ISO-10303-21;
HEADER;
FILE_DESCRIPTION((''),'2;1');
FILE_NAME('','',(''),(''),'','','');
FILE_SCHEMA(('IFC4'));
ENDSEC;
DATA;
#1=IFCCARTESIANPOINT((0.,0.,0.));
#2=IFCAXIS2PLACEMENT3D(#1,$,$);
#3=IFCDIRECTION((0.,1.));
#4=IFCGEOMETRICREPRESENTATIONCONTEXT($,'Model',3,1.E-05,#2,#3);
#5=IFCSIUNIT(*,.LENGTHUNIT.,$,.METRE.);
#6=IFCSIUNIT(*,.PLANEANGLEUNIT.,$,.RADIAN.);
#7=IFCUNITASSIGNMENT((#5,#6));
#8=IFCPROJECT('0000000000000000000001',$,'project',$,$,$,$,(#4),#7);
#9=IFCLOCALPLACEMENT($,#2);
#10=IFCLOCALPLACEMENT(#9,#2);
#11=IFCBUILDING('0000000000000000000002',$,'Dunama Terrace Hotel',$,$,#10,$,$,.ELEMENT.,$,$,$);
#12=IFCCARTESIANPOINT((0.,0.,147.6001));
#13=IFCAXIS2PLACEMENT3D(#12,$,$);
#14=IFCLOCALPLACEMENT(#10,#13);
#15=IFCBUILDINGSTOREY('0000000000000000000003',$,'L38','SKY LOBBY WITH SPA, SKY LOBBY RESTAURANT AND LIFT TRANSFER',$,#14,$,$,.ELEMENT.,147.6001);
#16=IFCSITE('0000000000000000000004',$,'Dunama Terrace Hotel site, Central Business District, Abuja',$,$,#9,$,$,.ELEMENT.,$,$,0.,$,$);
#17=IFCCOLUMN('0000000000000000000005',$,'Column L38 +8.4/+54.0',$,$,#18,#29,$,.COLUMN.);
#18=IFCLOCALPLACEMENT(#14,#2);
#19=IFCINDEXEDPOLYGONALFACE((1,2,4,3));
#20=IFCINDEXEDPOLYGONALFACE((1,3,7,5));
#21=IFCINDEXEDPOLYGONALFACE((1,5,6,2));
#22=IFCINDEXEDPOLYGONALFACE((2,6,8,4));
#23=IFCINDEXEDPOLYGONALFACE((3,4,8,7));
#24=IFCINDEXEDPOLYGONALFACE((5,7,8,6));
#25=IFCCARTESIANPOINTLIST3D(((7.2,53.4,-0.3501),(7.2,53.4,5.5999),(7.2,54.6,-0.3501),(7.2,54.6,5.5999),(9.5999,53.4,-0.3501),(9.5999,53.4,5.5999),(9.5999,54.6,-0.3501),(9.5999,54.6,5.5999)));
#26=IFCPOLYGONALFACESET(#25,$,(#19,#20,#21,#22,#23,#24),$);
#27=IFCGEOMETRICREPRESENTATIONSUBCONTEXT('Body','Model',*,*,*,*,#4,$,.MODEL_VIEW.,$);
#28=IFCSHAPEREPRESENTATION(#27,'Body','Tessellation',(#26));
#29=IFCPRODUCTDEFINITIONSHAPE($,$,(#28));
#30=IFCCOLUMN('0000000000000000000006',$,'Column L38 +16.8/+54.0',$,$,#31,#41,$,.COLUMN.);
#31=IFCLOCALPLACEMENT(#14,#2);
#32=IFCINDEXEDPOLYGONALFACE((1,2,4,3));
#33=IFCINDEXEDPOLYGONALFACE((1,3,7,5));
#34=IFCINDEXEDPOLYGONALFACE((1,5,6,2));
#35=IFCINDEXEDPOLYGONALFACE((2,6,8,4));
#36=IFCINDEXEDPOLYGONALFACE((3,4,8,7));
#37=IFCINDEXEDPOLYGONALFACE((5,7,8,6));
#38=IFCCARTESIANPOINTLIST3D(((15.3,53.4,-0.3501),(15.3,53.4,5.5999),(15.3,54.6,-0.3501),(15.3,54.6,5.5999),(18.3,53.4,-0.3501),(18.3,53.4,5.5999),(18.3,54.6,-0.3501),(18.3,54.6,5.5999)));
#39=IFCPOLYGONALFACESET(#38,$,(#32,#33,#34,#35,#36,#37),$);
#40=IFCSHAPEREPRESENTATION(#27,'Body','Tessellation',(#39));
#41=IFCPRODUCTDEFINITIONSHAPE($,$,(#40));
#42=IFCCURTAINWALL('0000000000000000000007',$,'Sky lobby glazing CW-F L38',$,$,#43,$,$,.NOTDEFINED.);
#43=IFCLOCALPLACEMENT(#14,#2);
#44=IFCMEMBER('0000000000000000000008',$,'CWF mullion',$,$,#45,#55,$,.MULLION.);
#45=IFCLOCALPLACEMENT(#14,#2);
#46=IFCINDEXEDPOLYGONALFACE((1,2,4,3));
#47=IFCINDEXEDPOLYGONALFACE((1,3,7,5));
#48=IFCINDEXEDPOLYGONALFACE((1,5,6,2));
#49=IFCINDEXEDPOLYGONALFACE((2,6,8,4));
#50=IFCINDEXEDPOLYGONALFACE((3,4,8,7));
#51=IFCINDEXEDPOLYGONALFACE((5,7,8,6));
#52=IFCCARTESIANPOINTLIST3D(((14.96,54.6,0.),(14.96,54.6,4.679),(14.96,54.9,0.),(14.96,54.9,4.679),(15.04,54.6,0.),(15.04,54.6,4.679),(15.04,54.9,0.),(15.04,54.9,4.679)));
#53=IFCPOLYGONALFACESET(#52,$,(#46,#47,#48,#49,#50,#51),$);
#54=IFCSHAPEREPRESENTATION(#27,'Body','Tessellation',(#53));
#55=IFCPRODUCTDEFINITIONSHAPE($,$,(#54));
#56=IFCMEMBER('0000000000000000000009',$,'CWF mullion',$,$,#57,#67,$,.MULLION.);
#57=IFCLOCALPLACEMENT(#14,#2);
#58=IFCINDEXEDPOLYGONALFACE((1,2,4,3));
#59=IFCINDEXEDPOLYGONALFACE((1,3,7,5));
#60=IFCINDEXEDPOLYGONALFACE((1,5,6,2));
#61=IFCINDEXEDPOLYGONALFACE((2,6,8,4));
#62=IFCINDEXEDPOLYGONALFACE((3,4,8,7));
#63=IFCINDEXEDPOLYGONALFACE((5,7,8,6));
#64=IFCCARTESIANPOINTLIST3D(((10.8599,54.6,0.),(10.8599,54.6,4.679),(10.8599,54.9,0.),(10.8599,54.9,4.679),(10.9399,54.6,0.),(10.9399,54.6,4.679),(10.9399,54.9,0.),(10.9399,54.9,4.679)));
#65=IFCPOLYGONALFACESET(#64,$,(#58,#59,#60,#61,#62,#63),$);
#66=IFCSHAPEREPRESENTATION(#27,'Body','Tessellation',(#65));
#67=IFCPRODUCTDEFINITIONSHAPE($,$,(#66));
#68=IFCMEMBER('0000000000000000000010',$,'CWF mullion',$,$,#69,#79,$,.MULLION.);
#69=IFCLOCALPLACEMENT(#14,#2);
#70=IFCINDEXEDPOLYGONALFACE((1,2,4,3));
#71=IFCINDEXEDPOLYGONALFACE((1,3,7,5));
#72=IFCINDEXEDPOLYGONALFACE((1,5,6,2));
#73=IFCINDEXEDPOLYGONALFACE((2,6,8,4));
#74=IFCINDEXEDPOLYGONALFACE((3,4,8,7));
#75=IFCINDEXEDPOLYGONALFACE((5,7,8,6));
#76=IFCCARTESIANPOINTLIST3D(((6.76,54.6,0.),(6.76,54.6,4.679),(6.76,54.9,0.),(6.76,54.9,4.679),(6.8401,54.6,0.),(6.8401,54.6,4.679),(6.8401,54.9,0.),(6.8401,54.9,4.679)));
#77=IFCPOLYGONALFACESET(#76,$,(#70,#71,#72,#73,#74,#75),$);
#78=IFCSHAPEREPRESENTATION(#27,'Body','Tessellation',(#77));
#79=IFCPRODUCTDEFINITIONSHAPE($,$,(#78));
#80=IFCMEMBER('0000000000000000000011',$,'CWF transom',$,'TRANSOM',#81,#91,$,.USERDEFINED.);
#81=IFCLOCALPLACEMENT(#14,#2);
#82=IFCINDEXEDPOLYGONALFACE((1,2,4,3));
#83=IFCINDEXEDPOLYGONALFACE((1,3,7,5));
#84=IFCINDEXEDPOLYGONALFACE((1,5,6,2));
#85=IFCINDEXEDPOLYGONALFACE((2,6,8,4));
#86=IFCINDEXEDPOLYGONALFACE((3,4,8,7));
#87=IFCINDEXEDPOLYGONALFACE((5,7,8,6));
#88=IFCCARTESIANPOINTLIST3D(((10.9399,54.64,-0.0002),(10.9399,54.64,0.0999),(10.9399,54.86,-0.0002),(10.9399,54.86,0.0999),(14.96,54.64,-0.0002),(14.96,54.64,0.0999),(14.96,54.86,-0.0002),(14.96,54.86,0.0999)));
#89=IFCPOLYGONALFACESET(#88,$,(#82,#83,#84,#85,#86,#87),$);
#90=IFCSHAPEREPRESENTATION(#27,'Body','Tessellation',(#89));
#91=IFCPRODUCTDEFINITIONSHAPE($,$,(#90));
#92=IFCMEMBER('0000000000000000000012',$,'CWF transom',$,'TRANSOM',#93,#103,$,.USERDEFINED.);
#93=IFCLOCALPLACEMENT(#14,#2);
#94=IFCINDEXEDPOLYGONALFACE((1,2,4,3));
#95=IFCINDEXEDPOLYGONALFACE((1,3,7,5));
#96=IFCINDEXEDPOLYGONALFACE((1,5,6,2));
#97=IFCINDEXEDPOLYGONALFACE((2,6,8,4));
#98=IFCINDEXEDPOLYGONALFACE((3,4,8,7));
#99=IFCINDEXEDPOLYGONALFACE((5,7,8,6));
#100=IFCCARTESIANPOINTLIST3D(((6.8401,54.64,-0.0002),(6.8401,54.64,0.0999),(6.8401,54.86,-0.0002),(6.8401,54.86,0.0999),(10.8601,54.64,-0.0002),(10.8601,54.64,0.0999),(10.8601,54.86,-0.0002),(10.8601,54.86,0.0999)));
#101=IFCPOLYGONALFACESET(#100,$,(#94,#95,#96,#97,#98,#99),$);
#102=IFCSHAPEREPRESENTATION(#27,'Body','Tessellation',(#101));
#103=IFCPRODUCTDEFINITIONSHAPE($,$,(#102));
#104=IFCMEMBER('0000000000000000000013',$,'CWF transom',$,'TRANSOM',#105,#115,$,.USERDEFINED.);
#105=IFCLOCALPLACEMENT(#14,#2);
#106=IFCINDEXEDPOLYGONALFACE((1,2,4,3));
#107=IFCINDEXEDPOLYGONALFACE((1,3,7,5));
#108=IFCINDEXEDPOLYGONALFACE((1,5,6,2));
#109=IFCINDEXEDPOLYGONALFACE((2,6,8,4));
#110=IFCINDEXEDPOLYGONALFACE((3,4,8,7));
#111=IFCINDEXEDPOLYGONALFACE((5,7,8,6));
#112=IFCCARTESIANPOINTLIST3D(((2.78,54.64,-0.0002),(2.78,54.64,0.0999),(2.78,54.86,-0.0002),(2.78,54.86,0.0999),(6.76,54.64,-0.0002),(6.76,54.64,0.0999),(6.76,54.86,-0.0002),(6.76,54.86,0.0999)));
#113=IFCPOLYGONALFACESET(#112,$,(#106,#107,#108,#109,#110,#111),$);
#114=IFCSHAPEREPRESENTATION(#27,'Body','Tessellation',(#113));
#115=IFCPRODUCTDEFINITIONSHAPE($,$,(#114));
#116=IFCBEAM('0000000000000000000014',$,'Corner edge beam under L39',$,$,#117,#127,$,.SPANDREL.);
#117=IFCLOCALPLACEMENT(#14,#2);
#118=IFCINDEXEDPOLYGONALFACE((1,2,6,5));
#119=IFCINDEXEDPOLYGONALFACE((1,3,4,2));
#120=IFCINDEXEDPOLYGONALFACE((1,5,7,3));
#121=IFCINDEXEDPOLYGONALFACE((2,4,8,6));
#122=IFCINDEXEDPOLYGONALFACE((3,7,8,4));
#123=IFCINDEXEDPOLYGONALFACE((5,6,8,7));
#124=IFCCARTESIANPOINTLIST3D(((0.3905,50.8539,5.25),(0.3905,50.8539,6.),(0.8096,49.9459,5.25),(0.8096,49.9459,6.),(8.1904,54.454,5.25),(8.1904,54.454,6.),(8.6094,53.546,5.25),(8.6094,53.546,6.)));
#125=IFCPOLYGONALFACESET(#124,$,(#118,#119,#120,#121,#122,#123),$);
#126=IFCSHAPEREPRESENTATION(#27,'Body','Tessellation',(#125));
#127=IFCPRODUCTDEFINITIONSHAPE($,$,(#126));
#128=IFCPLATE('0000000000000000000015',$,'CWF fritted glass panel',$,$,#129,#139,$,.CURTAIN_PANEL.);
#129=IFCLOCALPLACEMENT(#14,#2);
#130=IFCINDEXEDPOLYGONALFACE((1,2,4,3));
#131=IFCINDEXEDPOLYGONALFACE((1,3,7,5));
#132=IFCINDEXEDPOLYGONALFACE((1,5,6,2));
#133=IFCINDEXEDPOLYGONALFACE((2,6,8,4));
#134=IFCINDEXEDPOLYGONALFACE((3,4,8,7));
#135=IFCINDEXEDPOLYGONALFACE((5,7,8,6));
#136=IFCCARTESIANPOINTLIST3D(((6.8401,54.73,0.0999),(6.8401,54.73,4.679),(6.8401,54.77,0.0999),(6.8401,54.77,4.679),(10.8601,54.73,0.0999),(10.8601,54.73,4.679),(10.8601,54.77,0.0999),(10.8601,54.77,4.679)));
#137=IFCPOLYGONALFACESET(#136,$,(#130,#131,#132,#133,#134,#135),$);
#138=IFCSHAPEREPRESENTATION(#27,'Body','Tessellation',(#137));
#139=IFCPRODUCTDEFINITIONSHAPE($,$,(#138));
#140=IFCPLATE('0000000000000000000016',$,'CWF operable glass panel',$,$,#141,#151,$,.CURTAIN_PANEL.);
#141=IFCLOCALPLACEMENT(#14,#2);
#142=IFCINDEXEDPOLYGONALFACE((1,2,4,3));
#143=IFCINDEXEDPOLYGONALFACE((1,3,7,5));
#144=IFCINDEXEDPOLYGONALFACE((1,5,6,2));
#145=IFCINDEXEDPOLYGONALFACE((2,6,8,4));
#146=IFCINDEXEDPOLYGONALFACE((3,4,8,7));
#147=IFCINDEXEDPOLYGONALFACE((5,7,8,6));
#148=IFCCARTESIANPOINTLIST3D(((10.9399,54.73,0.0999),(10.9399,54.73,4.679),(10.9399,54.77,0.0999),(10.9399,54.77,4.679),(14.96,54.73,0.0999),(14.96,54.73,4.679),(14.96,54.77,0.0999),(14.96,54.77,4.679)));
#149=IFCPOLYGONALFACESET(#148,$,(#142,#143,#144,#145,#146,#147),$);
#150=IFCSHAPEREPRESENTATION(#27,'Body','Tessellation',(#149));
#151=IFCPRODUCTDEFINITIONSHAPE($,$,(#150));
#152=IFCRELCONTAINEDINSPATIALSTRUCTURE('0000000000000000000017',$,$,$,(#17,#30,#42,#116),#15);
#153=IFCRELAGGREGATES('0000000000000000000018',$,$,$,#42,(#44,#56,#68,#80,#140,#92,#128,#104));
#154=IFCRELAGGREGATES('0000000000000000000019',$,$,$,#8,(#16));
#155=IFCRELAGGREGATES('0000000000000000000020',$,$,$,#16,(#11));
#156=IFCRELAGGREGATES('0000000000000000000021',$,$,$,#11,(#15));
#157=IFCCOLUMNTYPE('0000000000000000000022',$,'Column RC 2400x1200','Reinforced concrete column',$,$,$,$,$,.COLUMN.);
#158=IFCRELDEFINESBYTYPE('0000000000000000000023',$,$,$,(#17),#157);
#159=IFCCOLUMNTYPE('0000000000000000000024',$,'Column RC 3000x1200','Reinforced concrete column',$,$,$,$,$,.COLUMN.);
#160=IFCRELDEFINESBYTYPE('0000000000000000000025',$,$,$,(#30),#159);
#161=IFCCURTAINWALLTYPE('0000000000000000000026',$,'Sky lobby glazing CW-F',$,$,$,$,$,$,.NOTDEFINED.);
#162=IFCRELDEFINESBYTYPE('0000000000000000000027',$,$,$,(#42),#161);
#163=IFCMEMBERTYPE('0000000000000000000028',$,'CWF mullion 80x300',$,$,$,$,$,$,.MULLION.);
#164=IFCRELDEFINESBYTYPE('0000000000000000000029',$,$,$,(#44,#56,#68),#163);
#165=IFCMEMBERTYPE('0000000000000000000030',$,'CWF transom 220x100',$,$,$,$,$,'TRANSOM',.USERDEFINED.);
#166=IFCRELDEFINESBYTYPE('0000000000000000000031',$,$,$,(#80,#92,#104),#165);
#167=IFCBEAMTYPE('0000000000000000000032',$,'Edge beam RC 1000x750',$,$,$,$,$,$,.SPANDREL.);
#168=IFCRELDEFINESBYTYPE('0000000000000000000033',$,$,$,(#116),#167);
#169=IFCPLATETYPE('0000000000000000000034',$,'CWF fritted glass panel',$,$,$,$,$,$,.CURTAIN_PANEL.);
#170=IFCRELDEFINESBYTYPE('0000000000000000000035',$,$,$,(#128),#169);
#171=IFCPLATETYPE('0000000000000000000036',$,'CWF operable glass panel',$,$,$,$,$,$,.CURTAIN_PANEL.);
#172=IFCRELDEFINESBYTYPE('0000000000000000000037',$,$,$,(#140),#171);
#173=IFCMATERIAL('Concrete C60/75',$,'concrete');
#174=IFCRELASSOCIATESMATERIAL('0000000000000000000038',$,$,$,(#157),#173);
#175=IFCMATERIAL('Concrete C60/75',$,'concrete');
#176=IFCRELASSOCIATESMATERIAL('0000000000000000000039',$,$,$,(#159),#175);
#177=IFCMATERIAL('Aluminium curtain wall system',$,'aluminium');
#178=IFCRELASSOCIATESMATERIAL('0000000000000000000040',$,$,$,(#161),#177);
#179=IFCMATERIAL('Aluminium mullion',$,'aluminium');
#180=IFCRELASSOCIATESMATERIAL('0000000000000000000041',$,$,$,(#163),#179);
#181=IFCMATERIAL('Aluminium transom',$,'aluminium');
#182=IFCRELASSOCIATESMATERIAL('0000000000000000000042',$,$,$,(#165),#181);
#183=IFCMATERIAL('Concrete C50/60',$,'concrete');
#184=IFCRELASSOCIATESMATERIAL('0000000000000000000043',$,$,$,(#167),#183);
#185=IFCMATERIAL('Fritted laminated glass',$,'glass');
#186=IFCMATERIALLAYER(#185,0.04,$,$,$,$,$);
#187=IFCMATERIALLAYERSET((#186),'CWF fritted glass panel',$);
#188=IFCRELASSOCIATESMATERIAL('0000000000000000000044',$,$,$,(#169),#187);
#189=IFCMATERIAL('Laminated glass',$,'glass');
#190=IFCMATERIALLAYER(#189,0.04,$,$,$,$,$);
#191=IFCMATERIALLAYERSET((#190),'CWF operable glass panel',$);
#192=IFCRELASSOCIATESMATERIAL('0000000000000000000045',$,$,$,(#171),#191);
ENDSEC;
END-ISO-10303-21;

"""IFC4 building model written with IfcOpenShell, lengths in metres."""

from ifc_helpers import new_model, si_unit, direction, frame, origin, origin_2d, place, context, subcontext, project, spatial, rectangle, extrude, material, layer, layer_set, material_profile, profile_set, type_object, element, aggregate, save


model = new_model("IFC4")

# Units and contexts
model_context = context("Model", 3, precision=1e-05, world=origin(), true_north=direction((0.0, 1.0)))
body_context = subcontext(model_context, "Body", "Model", "MODEL_VIEW")
ifc_project = project(units=[si_unit("LENGTHUNIT", "METRE"), si_unit("PLANEANGLEUNIT", "RADIAN")], contexts=[model_context])

# Site, building, storey
site_placement = place(None, origin())
site = spatial("IfcSite", under=ifc_project, at=site_placement, Name="Dunama Terrace Hotel site, Central Business District, Abuja", CompositionType="ELEMENT", RefElevation=0.0)
building_placement = place(site_placement, origin())
building = spatial("IfcBuilding", under=site, at=building_placement, Name="Dunama Terrace Hotel", CompositionType="ELEMENT")
storey_placement = place(building_placement, frame((0.0, 0.0, 147.6001)))
storey = spatial("IfcBuildingStorey", under=building, at=storey_placement, Name="L38", Description="SKY LOBBY WITH SPA, SKY LOBBY RESTAURANT AND LIFT TRANSFER", CompositionType="ELEMENT", Elevation=147.6001)

# Columns
ifc_material_1 = material(Name="Concrete C60/75", Category="concrete")
ifc_material_profile_1 = material_profile(ifc_material_1, rectangle(XDim=2.3999, YDim=1.2, at=origin_2d()), Name="RC 2400x1200")
ifc_profile_set_1 = profile_set([ifc_material_profile_1], Name="Concrete C60/75")
column_type_1 = type_object("IfcColumnType", Name="Column RC 2400x1200", Description="Reinforced concrete column", PredefinedType="COLUMN", material=ifc_profile_set_1)
column_1_placement = place(storey_placement, frame((8.3999, 54.0, -0.3501), z_axis=(0.0, 0.0, 1.0), x_axis=(1.0, 0.0, 0.0)))
element("IfcColumn", 1, at=column_1_placement, inside=storey, type_object=column_type_1, Name="Column L38 +8.4/+54.0", PredefinedType="COLUMN", context=body_context, shape_type="SweptSolid", body=[
    extrude(rectangle(XDim=2.3999, YDim=1.2, at=origin_2d()), origin(), (0.0, 0.0, 1.0), 5.95),
])
ifc_material_2 = material(Name="Concrete C60/75", Category="concrete")
ifc_material_profile_2 = material_profile(ifc_material_2, rectangle(XDim=3.0, YDim=1.2, at=origin_2d()), Name="RC 3000x1200")
ifc_profile_set_2 = profile_set([ifc_material_profile_2], Name="Concrete C60/75")
column_type_2 = type_object("IfcColumnType", Name="Column RC 3000x1200", Description="Reinforced concrete column", PredefinedType="COLUMN", material=ifc_profile_set_2)
column_2_placement = place(storey_placement, frame((16.8, 54.0, -0.3501), z_axis=(0.0, 0.0, 1.0), x_axis=(1.0, 0.0, 0.0)))
element("IfcColumn", 2, at=column_2_placement, inside=storey, type_object=column_type_2, Name="Column L38 +16.8/+54.0", PredefinedType="COLUMN", context=body_context, shape_type="SweptSolid", body=[
    extrude(rectangle(XDim=3.0, YDim=1.2, at=origin_2d()), origin(), (0.0, 0.0, 1.0), 5.95),
])

# Curtain wall, members
ifc_material_3 = material(Name="Aluminium curtain wall system", Category="aluminium")
curtain_wall_type = type_object("IfcCurtainWallType", Name="Sky lobby glazing CW-F", PredefinedType="NOTDEFINED", material=ifc_material_3)
curtain_wall_placement = place(storey_placement, origin())
curtain_wall = element("IfcCurtainWall", 3, at=curtain_wall_placement, inside=storey, type_object=curtain_wall_type, Name="Sky lobby glazing CW-F L38", PredefinedType="NOTDEFINED")
ifc_material_4 = material(Name="Aluminium mullion", Category="aluminium")
ifc_material_profile_3 = material_profile(ifc_material_4, rectangle(XDim=0.0801, YDim=0.3, at=origin_2d()), Name="CWF MULLION 80X300")
ifc_profile_set_3 = profile_set([ifc_material_profile_3], Name="Aluminium mullion")
member_type_1 = type_object("IfcMemberType", Name="CWF mullion 80x300", PredefinedType="MULLION", material=ifc_profile_set_3)
member_1_placement = place(storey_placement, frame((15.0, 54.75, 0.0), z_axis=(0.0, 0.0, 1.0), x_axis=(-1.0, 0.0, 0.0)))
member_1 = element("IfcMember", 4, at=member_1_placement, type_object=member_type_1, Name="CWF mullion", PredefinedType="MULLION", context=body_context, shape_type="SweptSolid", body=[
    extrude(rectangle(XDim=0.0801, YDim=0.3, at=origin_2d()), origin(), (0.0, 0.0, 1.0), 4.679),
])
member_2_placement = place(storey_placement, frame((10.8999, 54.75, 0.0), z_axis=(0.0, 0.0, 1.0), x_axis=(-1.0, 0.0, 0.0)))
member_2 = element("IfcMember", 5, at=member_2_placement, type_object=member_type_1, Name="CWF mullion", PredefinedType="MULLION", context=body_context, shape_type="SweptSolid", body=[
    extrude(rectangle(XDim=0.0801, YDim=0.3, at=origin_2d()), origin(), (0.0, 0.0, 1.0), 4.679),
])
member_3_placement = place(storey_placement, frame((6.8, 54.75, 0.0), z_axis=(0.0, 0.0, 1.0), x_axis=(-1.0, 0.0, 0.0)))
member_3 = element("IfcMember", 6, at=member_3_placement, type_object=member_type_1, Name="CWF mullion", PredefinedType="MULLION", context=body_context, shape_type="SweptSolid", body=[
    extrude(rectangle(XDim=0.0801, YDim=0.3, at=origin_2d()), origin(), (0.0, 0.0, 1.0), 4.679),
])
ifc_material_5 = material(Name="Aluminium transom", Category="aluminium")
ifc_material_profile_4 = material_profile(ifc_material_5, rectangle(XDim=0.22, YDim=0.1001, at=origin_2d()), Name="CWF TRANSOM 220X100")
ifc_profile_set_4 = profile_set([ifc_material_profile_4], Name="Aluminium transom")
member_type_2 = type_object("IfcMemberType", Name="CWF transom 220x100", ElementType="TRANSOM", PredefinedType="USERDEFINED", material=ifc_profile_set_4)
member_4_placement = place(storey_placement, frame((14.96, 54.75, 0.0498), z_axis=(-1.0, 0.0, 0.0), x_axis=(0.0, -1.0, 0.0)))
member_4 = element("IfcMember", 7, at=member_4_placement, type_object=member_type_2, Name="CWF transom", ObjectType="TRANSOM", PredefinedType="USERDEFINED", context=body_context, shape_type="SweptSolid", body=[
    extrude(rectangle(XDim=0.22, YDim=0.1001, at=origin_2d()), origin(), (0.0, 0.0, 1.0), 4.02),
])
member_5_placement = place(storey_placement, frame((10.8601, 54.75, 0.0498), z_axis=(-1.0, 0.0, 0.0), x_axis=(0.0, -1.0, 0.0)))
member_5 = element("IfcMember", 8, at=member_5_placement, type_object=member_type_2, Name="CWF transom", ObjectType="TRANSOM", PredefinedType="USERDEFINED", context=body_context, shape_type="SweptSolid", body=[
    extrude(rectangle(XDim=0.22, YDim=0.1001, at=origin_2d()), origin(), (0.0, 0.0, 1.0), 4.02),
])
member_6_placement = place(storey_placement, frame((6.76, 54.75, 0.0498), z_axis=(-1.0, 0.0, 0.0), x_axis=(0.0, -1.0, 0.0)))
member_6 = element("IfcMember", 9, at=member_6_placement, type_object=member_type_2, Name="CWF transom", ObjectType="TRANSOM", PredefinedType="USERDEFINED", context=body_context, shape_type="SweptSolid", body=[
    extrude(rectangle(XDim=0.22, YDim=0.1001, at=origin_2d()), origin(), (0.0, 0.0, 1.0), 3.98),
])

# Beam
ifc_material_6 = material(Name="Concrete C50/60", Category="concrete")
ifc_material_profile_5 = material_profile(ifc_material_6, rectangle(XDim=1.0, YDim=0.75, at=origin_2d()), Name="RC 1000x750")
ifc_profile_set_5 = profile_set([ifc_material_profile_5], Name="Concrete C50/60")
beam_type = type_object("IfcBeamType", Name="Edge beam RC 1000x750", PredefinedType="SPANDREL", material=ifc_profile_set_5)
beam_placement = place(storey_placement, frame((8.3999, 54.0, 5.625), z_axis=(-0.907951, -0.419076, 0.0), x_axis=(0.419076, -0.907951, 0.0)))
element("IfcBeam", 10, at=beam_placement, inside=storey, type_object=beam_type, Name="Corner edge beam under L39", PredefinedType="SPANDREL", context=body_context, shape_type="SweptSolid", body=[
    extrude(rectangle(XDim=1.0, YDim=0.75, at=origin_2d()), origin(), (0.0, 0.0, 1.0), 8.5906),
])

# Plates
ifc_material_7 = material(Name="Fritted laminated glass", Category="glass")
ifc_layer_1 = layer(ifc_material_7, 0.04)
ifc_layer_set_1 = layer_set([ifc_layer_1], Name="CWF fritted glass panel")
plate_type_1 = type_object("IfcPlateType", Name="CWF fritted glass panel", PredefinedType="CURTAIN_PANEL", material=ifc_layer_set_1)
plate_1_placement = place(storey_placement, frame((8.8501, 54.75, 0.0999), z_axis=(0.0, 0.0, 1.0), x_axis=(-1.0, 0.0, 0.0)))
plate_1 = element("IfcPlate", 11, at=plate_1_placement, type_object=plate_type_1, Name="CWF fritted glass panel", PredefinedType="CURTAIN_PANEL", context=body_context, shape_type="SweptSolid", body=[
    extrude(rectangle(XDim=4.02, YDim=0.04, at=origin_2d()), origin(), (0.0, 0.0, 1.0), 4.5791),
])
ifc_material_8 = material(Name="Laminated glass", Category="glass")
ifc_layer_2 = layer(ifc_material_8, 0.04)
ifc_layer_set_2 = layer_set([ifc_layer_2], Name="CWF operable glass panel")
plate_type_2 = type_object("IfcPlateType", Name="CWF operable glass panel", PredefinedType="CURTAIN_PANEL", material=ifc_layer_set_2)
plate_2_placement = place(storey_placement, frame((12.95, 54.75, 0.0999), z_axis=(0.0, 0.0, 1.0), x_axis=(-1.0, 0.0, 0.0)))
plate_2 = element("IfcPlate", 12, at=plate_2_placement, type_object=plate_type_2, Name="CWF operable glass panel", PredefinedType="CURTAIN_PANEL", context=body_context, shape_type="SweptSolid", body=[
    extrude(rectangle(XDim=4.02, YDim=0.04, at=origin_2d()), origin(), (0.0, 0.0, 1.0), 4.5791),
])
aggregate(curtain_wall, [member_1, member_2, member_3, member_4, plate_2, member_5, plate_1, member_6])

save(model, "model.ifc")
